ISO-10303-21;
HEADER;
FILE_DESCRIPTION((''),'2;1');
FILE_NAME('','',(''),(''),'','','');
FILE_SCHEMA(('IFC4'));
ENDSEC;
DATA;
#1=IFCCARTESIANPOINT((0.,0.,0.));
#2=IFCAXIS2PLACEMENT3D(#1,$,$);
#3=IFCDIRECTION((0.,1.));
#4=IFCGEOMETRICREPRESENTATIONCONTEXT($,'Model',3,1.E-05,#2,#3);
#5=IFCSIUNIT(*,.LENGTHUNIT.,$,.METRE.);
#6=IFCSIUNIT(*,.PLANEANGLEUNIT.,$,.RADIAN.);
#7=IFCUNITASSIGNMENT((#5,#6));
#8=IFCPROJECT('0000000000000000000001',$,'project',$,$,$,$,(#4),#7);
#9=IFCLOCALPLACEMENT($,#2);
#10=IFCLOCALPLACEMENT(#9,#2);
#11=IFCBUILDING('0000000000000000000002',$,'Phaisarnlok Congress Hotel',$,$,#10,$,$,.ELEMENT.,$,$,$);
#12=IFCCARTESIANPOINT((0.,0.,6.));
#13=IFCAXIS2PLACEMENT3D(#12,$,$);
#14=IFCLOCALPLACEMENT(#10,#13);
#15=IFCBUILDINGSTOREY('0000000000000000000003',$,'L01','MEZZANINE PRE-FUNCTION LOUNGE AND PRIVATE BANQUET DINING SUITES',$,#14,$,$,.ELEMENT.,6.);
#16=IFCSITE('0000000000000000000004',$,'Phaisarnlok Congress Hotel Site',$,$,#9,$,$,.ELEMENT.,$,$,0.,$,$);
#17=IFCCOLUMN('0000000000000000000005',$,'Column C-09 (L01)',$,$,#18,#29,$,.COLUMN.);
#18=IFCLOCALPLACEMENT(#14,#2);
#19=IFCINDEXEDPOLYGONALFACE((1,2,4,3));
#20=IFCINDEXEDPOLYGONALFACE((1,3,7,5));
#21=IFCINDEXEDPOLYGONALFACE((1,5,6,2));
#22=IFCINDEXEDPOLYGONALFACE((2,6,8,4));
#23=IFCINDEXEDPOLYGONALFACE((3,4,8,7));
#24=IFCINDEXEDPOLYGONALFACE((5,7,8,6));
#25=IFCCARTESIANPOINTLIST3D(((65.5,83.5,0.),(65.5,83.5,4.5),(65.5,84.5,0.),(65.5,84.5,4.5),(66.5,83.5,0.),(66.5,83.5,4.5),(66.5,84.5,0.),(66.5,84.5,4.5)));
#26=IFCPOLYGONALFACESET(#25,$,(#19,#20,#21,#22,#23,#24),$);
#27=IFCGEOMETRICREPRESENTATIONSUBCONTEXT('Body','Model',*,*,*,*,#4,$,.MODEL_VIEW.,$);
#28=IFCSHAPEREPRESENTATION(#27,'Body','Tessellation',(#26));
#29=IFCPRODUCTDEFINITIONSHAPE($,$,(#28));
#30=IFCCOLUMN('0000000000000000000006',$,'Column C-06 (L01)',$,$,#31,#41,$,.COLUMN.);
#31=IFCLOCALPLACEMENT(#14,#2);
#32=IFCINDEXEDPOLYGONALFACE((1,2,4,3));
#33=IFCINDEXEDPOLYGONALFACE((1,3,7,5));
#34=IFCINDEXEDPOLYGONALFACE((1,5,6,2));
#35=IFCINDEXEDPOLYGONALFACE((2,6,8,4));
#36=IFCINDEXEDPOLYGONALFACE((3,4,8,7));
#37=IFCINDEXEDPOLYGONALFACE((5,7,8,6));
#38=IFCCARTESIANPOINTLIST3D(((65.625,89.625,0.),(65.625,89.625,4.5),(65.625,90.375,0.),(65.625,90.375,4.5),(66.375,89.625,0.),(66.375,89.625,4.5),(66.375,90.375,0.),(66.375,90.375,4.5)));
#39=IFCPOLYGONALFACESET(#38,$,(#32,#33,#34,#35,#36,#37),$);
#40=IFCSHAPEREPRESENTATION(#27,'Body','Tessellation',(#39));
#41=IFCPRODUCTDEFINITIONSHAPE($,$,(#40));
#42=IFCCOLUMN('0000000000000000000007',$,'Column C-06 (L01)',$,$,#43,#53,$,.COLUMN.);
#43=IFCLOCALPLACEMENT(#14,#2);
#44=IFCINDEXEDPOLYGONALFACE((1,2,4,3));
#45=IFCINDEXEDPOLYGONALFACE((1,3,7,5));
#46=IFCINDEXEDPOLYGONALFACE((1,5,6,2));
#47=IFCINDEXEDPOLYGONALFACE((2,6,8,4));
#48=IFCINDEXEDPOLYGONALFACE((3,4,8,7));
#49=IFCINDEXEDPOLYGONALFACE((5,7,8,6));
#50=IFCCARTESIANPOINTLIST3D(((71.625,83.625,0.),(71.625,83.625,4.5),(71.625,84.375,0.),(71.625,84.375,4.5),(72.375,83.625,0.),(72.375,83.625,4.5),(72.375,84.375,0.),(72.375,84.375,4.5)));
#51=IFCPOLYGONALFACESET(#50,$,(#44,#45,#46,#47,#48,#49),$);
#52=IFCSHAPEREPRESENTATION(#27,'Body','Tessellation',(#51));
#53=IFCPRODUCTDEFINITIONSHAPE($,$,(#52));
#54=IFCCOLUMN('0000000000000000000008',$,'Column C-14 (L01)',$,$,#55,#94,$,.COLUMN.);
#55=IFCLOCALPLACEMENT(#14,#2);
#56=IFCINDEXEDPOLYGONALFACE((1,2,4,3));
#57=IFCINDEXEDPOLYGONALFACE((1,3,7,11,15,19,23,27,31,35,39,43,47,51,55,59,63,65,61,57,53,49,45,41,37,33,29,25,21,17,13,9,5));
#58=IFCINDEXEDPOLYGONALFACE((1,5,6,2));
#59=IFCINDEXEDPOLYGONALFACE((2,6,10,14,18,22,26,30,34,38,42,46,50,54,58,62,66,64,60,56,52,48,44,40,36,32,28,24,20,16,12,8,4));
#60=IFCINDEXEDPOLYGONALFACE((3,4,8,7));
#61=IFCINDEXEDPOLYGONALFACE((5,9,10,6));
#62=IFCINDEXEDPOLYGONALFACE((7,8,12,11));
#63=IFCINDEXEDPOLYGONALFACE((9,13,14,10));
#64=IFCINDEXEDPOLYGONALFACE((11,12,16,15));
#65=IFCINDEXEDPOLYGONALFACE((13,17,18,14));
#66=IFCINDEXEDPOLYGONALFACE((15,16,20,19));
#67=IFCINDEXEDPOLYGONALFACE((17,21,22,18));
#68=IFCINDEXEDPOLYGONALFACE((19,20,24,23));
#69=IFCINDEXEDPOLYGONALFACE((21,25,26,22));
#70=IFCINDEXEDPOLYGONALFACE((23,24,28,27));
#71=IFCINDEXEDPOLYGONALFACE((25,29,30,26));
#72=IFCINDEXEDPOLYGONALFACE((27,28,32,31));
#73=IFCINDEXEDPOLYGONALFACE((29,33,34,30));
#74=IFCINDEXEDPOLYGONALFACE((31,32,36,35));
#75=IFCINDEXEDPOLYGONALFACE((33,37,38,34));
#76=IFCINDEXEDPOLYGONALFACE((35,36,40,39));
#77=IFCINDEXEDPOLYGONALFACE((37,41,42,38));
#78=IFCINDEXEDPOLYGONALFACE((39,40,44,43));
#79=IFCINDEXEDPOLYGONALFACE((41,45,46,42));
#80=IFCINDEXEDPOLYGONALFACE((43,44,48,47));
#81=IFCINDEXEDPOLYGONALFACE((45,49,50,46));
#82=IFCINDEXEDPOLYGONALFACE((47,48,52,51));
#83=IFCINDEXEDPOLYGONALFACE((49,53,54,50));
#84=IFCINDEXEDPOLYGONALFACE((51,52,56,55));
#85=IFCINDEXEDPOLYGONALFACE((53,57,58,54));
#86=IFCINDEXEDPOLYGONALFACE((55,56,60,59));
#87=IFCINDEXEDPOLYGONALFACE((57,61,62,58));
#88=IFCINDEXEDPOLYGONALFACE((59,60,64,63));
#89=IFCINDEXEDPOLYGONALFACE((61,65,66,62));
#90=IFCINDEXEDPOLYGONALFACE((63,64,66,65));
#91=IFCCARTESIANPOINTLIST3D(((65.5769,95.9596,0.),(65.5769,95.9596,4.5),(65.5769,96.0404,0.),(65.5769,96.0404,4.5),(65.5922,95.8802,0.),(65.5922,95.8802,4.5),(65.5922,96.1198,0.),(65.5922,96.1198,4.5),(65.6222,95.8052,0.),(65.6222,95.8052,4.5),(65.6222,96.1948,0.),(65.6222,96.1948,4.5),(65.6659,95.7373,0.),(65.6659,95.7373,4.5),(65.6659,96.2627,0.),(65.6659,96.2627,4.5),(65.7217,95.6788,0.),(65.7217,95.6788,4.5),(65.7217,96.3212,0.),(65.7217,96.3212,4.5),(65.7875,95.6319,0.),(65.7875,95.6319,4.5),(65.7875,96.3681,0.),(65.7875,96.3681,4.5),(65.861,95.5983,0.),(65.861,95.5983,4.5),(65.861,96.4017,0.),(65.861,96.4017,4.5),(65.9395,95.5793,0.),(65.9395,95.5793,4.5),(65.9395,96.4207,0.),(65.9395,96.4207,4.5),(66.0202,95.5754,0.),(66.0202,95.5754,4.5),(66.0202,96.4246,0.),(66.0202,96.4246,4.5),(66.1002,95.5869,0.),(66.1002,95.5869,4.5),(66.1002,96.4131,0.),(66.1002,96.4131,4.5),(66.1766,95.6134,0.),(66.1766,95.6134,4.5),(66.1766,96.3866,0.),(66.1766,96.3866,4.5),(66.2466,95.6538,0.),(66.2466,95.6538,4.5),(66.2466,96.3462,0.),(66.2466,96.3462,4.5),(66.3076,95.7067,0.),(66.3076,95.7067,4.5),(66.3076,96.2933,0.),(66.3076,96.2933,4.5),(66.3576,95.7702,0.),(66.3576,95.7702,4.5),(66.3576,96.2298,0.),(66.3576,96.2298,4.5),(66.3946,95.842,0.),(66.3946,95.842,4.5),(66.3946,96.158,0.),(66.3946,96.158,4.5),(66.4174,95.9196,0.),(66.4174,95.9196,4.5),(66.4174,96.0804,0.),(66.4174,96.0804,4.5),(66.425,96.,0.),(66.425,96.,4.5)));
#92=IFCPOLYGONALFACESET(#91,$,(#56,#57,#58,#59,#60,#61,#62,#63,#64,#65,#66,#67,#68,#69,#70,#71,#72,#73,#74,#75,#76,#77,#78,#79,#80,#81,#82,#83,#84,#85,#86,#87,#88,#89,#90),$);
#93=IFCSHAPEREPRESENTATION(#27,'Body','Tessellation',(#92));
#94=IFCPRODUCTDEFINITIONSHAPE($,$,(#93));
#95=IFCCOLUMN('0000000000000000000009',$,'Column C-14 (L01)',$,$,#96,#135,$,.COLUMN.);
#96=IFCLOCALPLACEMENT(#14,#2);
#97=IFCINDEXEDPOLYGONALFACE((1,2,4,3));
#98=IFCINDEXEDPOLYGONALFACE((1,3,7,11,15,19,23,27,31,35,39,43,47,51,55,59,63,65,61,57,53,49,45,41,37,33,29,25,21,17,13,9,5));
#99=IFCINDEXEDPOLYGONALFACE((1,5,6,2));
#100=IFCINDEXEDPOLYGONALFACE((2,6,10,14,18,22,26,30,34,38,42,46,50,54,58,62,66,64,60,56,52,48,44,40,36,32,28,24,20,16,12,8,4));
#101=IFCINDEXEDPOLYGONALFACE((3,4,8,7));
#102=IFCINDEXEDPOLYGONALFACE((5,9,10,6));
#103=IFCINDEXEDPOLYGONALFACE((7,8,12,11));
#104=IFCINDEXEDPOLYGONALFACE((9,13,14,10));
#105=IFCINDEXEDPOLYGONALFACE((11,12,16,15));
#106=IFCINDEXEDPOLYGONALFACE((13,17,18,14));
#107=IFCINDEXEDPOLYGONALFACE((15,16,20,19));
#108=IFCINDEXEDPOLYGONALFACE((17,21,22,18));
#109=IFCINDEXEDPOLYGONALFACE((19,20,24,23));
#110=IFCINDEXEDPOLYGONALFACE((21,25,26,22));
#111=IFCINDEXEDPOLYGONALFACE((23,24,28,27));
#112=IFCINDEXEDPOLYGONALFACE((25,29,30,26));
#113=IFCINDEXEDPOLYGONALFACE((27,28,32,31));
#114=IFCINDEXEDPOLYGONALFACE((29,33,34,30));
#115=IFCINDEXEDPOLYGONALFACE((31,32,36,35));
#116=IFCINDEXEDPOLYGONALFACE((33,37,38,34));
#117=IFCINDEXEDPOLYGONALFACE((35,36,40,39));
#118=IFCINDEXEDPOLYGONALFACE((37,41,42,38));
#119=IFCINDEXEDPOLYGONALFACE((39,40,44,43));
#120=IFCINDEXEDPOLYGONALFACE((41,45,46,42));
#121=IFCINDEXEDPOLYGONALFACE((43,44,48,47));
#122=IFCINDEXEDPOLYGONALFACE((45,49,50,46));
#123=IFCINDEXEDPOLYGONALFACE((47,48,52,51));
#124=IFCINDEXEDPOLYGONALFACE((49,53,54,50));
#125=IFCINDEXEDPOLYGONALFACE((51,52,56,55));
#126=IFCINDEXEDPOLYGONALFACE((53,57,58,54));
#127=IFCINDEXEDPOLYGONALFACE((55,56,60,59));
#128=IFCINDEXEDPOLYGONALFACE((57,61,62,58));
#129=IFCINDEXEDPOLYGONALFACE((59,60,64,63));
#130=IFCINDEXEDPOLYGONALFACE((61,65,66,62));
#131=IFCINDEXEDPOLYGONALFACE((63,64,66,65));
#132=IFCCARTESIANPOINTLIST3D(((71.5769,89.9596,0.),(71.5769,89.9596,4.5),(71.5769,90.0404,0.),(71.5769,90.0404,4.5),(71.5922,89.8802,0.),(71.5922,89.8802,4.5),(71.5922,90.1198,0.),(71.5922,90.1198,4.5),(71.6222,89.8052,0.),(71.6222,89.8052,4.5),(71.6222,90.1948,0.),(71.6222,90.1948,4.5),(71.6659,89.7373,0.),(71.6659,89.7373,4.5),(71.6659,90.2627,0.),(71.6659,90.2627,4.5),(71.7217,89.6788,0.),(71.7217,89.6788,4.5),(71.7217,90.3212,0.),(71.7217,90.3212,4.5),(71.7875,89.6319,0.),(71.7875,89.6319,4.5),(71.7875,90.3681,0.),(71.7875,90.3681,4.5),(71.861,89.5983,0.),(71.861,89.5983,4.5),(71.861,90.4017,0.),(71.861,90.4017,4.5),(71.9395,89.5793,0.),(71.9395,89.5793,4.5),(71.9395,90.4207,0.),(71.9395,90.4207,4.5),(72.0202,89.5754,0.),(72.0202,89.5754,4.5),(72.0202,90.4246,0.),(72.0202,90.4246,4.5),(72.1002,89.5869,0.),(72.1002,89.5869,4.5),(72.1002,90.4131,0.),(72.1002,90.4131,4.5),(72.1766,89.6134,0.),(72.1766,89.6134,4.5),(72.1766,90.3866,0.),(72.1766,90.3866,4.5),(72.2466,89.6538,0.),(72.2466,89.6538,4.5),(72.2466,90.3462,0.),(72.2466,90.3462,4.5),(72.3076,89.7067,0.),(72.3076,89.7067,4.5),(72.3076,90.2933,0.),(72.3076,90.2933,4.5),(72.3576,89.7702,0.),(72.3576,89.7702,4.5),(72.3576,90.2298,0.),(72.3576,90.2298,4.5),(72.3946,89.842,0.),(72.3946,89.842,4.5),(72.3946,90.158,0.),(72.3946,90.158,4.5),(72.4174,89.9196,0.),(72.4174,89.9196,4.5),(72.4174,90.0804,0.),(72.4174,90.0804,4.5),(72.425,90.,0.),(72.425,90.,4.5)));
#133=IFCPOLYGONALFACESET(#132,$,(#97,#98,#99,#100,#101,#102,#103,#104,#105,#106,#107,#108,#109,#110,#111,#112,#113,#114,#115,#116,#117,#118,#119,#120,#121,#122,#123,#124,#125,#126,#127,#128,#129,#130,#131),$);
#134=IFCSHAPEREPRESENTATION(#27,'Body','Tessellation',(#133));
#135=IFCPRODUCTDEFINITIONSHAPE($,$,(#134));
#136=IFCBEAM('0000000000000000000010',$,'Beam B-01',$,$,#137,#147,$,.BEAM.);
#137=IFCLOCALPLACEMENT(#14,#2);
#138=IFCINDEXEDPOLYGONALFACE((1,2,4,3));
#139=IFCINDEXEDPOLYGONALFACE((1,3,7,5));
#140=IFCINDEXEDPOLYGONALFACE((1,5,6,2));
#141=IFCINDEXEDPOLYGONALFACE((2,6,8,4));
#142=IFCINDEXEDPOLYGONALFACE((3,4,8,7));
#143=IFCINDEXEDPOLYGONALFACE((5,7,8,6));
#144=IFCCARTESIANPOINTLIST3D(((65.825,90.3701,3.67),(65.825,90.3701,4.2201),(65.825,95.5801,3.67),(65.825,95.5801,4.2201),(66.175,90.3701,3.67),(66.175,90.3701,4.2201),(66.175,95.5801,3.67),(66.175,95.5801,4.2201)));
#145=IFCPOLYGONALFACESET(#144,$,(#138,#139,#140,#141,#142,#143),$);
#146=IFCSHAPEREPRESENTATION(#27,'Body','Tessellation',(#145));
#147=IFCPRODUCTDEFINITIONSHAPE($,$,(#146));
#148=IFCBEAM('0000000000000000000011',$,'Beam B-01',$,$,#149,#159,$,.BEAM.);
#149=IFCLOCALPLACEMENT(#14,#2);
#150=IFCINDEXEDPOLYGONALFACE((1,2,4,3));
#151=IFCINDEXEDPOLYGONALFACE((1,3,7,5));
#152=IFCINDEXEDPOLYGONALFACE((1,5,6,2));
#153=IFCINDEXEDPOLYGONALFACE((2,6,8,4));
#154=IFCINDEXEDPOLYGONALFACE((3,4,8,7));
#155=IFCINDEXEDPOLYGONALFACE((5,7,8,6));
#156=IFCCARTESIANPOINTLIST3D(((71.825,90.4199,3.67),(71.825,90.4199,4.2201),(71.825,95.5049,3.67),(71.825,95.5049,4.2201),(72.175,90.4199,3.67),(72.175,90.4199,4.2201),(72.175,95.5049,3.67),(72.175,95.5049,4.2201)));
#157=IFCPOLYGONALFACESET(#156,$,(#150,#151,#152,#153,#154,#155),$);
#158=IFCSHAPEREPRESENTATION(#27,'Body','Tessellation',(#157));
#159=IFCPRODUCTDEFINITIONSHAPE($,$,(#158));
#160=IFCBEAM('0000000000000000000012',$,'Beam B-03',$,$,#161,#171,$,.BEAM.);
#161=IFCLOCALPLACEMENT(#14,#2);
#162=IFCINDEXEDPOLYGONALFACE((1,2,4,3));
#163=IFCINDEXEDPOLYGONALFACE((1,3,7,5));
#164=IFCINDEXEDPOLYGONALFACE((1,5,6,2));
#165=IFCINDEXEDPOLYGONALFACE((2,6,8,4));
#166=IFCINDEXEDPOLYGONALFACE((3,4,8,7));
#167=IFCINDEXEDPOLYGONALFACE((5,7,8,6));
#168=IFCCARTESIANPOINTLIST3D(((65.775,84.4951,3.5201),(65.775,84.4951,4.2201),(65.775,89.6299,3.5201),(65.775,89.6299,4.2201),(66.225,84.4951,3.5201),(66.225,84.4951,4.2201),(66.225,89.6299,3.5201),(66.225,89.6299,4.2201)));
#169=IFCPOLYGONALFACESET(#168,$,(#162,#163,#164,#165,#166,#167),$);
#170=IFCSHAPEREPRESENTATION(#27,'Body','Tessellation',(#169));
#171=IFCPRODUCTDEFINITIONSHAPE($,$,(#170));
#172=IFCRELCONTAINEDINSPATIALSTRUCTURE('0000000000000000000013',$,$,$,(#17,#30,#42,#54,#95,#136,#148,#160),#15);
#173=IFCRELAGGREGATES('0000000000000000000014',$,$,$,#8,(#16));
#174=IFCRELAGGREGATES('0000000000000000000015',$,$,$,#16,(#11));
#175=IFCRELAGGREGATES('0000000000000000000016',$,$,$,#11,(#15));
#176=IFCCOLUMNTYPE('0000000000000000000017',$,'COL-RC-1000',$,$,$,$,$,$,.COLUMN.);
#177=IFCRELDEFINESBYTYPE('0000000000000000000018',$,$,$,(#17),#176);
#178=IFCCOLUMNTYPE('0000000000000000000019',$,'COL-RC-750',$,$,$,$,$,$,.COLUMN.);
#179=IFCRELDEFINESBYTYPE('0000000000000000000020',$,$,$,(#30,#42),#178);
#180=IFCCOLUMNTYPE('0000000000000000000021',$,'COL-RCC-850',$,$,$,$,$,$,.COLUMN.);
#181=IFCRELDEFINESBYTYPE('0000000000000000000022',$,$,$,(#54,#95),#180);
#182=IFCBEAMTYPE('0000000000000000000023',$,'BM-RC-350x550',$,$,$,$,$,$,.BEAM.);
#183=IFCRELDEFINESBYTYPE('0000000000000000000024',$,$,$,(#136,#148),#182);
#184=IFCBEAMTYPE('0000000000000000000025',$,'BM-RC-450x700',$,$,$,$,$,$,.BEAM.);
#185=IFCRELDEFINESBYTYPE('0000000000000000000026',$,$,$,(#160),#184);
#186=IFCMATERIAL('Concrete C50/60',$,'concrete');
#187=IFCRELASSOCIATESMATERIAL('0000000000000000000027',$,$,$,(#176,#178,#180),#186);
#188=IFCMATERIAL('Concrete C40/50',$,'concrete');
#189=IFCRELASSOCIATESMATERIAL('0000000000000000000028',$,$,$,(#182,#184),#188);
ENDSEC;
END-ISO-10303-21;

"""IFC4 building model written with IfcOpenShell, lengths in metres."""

from ifc_helpers import new_model, si_unit, direction, frame, origin, origin_2d, place, context, subcontext, project, spatial, rectangle, circle, extrude, material, material_profile, profile_set, type_object, element, save


model = new_model("IFC4")

# Units and contexts
model_context = context("Model", 3, precision=1e-05, world=origin(), true_north=direction((0.0, 1.0)))
body_context = subcontext(model_context, "Body", "Model", "MODEL_VIEW")
ifc_project = project(units=[si_unit("LENGTHUNIT", "METRE"), si_unit("PLANEANGLEUNIT", "RADIAN")], contexts=[model_context])

# Site, building, storey
site_placement = place(None, origin())
site = spatial("IfcSite", under=ifc_project, at=site_placement, Name="Phaisarnlok Congress Hotel Site", CompositionType="ELEMENT", RefElevation=0.0)
building_placement = place(site_placement, origin())
building = spatial("IfcBuilding", under=site, at=building_placement, Name="Phaisarnlok Congress Hotel", CompositionType="ELEMENT")
storey_placement = place(building_placement, frame((0.0, 0.0, 6.0)))
storey = spatial("IfcBuildingStorey", under=building, at=storey_placement, Name="L01", Description="MEZZANINE PRE-FUNCTION LOUNGE AND PRIVATE BANQUET DINING SUITES", CompositionType="ELEMENT", Elevation=6.0)

# Columns
ifc_material_1 = material(Name="Concrete C50/60", Category="concrete")
ifc_material_profile_1 = material_profile(ifc_material_1, rectangle(XDim=1.0, YDim=1.0, at=origin_2d()), Name="RC 1000x1000")
ifc_profile_set_1 = profile_set([ifc_material_profile_1], Name="Concrete C50/60")
column_type_1 = type_object("IfcColumnType", Name="COL-RC-1000", PredefinedType="COLUMN", material=ifc_profile_set_1)
column_placement = place(storey_placement, frame((66.0, 84.0, 0.0), z_axis=(0.0, 0.0, 1.0), x_axis=(1.0, 0.0, 0.0)))
element("IfcColumn", 1, at=column_placement, inside=storey, type_object=column_type_1, Name="Column C-09 (L01)", PredefinedType="COLUMN", context=body_context, shape_type="SweptSolid", body=[
    extrude(rectangle(XDim=1.0, YDim=1.0, at=origin_2d()), origin(), (0.0, 0.0, 1.0), 4.5),
])
ifc_material_profile_2 = material_profile(ifc_material_1, rectangle(XDim=0.75, YDim=0.75, at=origin_2d()), Name="RC 750x750")
ifc_profile_set_2 = profile_set([ifc_material_profile_2], Name="Concrete C50/60")
column_type_2 = type_object("IfcColumnType", Name="COL-RC-750", PredefinedType="COLUMN", material=ifc_profile_set_2)
for number, where, z_axis, x_axis, name in (
    (2, (66.0, 90.0, 0.0), (0.0, 0.0, 1.0), (1.0, 0.0, 0.0), "Column C-06 (L01)"),
    (3, (72.0, 84.0, 0.0), (0.0, 0.0, 1.0), (1.0, 0.0, 0.0), "Column C-06 (L01)"),
):
    element("IfcColumn", number, at=place(storey_placement, frame(where, z_axis=z_axis, x_axis=x_axis)), inside=storey, type_object=column_type_2, Name=name, PredefinedType="COLUMN", context=body_context, shape_type="SweptSolid", body=[
        extrude(rectangle(XDim=0.75, YDim=0.75, at=origin_2d()), origin(), (0.0, 0.0, 1.0), 4.5),
    ])
ifc_material_profile_3 = material_profile(ifc_material_1, circle(Radius=0.425, at=origin_2d()), Name="RCC D850")
ifc_profile_set_3 = profile_set([ifc_material_profile_3], Name="Concrete C50/60")
column_type_3 = type_object("IfcColumnType", Name="COL-RCC-850", PredefinedType="COLUMN", material=ifc_profile_set_3)
for number, where, z_axis, x_axis, name in (
    (4, (66.0, 96.0, 0.0), (0.0, 0.0, 1.0), (1.0, 0.0, 0.0), "Column C-14 (L01)"),
    (5, (72.0, 90.0, 0.0), (0.0, 0.0, 1.0), (1.0, 0.0, 0.0), "Column C-14 (L01)"),
):
    element("IfcColumn", number, at=place(storey_placement, frame(where, z_axis=z_axis, x_axis=x_axis)), inside=storey, type_object=column_type_3, Name=name, PredefinedType="COLUMN", context=body_context, shape_type="SweptSolid", body=[
        extrude(circle(Radius=0.425, at=origin_2d()), origin(), (0.0, 0.0, 1.0), 4.5),
    ])

# Beams
ifc_material_2 = material(Name="Concrete C40/50", Category="concrete")
ifc_material_profile_4 = material_profile(ifc_material_2, rectangle(XDim=0.3501, YDim=0.55, at=origin_2d()), Name="RC 350x550")
ifc_profile_set_4 = profile_set([ifc_material_profile_4], Name="Concrete C40/50")
beam_type_1 = type_object("IfcBeamType", Name="BM-RC-350x550", PredefinedType="BEAM", material=ifc_profile_set_4)
beam_1_placement = place(storey_placement, frame((66.0, 90.3701, 3.9451), z_axis=(0.0, 1.0, 0.0), x_axis=(-1.0, 0.0, 0.0)))
element("IfcBeam", 6, at=beam_1_placement, inside=storey, type_object=beam_type_1, Name="Beam B-01", PredefinedType="BEAM", context=body_context, shape_type="SweptSolid", body=[
    extrude(rectangle(XDim=0.3501, YDim=0.55, at=origin_2d()), origin(), (0.0, 0.0, 1.0), 5.21),
])
beam_2_placement = place(storey_placement, frame((72.0, 90.4199, 3.9451), z_axis=(0.0, 1.0, 0.0), x_axis=(-1.0, 0.0, 0.0)))
element("IfcBeam", 7, at=beam_2_placement, inside=storey, type_object=beam_type_1, Name="Beam B-01", PredefinedType="BEAM", context=body_context, shape_type="SweptSolid", body=[
    extrude(rectangle(XDim=0.3501, YDim=0.55, at=origin_2d()), origin(), (0.0, 0.0, 1.0), 5.085),
])
ifc_material_profile_5 = material_profile(ifc_material_2, rectangle(XDim=0.45, YDim=0.7, at=origin_2d()), Name="RC 450x700")
ifc_profile_set_5 = profile_set([ifc_material_profile_5], Name="Concrete C40/50")
beam_type_2 = type_object("IfcBeamType", Name="BM-RC-450x700", PredefinedType="BEAM", material=ifc_profile_set_5)
beam_3_placement = place(storey_placement, frame((66.0, 84.4951, 3.8701), z_axis=(0.0, 1.0, 0.0), x_axis=(-1.0, 0.0, 0.0)))
element("IfcBeam", 8, at=beam_3_placement, inside=storey, type_object=beam_type_2, Name="Beam B-03", PredefinedType="BEAM", context=body_context, shape_type="SweptSolid", body=[
    extrude(rectangle(XDim=0.45, YDim=0.7, at=origin_2d()), origin(), (0.0, 0.0, 1.0), 5.1348),
])

save(model, "model.ifc")
